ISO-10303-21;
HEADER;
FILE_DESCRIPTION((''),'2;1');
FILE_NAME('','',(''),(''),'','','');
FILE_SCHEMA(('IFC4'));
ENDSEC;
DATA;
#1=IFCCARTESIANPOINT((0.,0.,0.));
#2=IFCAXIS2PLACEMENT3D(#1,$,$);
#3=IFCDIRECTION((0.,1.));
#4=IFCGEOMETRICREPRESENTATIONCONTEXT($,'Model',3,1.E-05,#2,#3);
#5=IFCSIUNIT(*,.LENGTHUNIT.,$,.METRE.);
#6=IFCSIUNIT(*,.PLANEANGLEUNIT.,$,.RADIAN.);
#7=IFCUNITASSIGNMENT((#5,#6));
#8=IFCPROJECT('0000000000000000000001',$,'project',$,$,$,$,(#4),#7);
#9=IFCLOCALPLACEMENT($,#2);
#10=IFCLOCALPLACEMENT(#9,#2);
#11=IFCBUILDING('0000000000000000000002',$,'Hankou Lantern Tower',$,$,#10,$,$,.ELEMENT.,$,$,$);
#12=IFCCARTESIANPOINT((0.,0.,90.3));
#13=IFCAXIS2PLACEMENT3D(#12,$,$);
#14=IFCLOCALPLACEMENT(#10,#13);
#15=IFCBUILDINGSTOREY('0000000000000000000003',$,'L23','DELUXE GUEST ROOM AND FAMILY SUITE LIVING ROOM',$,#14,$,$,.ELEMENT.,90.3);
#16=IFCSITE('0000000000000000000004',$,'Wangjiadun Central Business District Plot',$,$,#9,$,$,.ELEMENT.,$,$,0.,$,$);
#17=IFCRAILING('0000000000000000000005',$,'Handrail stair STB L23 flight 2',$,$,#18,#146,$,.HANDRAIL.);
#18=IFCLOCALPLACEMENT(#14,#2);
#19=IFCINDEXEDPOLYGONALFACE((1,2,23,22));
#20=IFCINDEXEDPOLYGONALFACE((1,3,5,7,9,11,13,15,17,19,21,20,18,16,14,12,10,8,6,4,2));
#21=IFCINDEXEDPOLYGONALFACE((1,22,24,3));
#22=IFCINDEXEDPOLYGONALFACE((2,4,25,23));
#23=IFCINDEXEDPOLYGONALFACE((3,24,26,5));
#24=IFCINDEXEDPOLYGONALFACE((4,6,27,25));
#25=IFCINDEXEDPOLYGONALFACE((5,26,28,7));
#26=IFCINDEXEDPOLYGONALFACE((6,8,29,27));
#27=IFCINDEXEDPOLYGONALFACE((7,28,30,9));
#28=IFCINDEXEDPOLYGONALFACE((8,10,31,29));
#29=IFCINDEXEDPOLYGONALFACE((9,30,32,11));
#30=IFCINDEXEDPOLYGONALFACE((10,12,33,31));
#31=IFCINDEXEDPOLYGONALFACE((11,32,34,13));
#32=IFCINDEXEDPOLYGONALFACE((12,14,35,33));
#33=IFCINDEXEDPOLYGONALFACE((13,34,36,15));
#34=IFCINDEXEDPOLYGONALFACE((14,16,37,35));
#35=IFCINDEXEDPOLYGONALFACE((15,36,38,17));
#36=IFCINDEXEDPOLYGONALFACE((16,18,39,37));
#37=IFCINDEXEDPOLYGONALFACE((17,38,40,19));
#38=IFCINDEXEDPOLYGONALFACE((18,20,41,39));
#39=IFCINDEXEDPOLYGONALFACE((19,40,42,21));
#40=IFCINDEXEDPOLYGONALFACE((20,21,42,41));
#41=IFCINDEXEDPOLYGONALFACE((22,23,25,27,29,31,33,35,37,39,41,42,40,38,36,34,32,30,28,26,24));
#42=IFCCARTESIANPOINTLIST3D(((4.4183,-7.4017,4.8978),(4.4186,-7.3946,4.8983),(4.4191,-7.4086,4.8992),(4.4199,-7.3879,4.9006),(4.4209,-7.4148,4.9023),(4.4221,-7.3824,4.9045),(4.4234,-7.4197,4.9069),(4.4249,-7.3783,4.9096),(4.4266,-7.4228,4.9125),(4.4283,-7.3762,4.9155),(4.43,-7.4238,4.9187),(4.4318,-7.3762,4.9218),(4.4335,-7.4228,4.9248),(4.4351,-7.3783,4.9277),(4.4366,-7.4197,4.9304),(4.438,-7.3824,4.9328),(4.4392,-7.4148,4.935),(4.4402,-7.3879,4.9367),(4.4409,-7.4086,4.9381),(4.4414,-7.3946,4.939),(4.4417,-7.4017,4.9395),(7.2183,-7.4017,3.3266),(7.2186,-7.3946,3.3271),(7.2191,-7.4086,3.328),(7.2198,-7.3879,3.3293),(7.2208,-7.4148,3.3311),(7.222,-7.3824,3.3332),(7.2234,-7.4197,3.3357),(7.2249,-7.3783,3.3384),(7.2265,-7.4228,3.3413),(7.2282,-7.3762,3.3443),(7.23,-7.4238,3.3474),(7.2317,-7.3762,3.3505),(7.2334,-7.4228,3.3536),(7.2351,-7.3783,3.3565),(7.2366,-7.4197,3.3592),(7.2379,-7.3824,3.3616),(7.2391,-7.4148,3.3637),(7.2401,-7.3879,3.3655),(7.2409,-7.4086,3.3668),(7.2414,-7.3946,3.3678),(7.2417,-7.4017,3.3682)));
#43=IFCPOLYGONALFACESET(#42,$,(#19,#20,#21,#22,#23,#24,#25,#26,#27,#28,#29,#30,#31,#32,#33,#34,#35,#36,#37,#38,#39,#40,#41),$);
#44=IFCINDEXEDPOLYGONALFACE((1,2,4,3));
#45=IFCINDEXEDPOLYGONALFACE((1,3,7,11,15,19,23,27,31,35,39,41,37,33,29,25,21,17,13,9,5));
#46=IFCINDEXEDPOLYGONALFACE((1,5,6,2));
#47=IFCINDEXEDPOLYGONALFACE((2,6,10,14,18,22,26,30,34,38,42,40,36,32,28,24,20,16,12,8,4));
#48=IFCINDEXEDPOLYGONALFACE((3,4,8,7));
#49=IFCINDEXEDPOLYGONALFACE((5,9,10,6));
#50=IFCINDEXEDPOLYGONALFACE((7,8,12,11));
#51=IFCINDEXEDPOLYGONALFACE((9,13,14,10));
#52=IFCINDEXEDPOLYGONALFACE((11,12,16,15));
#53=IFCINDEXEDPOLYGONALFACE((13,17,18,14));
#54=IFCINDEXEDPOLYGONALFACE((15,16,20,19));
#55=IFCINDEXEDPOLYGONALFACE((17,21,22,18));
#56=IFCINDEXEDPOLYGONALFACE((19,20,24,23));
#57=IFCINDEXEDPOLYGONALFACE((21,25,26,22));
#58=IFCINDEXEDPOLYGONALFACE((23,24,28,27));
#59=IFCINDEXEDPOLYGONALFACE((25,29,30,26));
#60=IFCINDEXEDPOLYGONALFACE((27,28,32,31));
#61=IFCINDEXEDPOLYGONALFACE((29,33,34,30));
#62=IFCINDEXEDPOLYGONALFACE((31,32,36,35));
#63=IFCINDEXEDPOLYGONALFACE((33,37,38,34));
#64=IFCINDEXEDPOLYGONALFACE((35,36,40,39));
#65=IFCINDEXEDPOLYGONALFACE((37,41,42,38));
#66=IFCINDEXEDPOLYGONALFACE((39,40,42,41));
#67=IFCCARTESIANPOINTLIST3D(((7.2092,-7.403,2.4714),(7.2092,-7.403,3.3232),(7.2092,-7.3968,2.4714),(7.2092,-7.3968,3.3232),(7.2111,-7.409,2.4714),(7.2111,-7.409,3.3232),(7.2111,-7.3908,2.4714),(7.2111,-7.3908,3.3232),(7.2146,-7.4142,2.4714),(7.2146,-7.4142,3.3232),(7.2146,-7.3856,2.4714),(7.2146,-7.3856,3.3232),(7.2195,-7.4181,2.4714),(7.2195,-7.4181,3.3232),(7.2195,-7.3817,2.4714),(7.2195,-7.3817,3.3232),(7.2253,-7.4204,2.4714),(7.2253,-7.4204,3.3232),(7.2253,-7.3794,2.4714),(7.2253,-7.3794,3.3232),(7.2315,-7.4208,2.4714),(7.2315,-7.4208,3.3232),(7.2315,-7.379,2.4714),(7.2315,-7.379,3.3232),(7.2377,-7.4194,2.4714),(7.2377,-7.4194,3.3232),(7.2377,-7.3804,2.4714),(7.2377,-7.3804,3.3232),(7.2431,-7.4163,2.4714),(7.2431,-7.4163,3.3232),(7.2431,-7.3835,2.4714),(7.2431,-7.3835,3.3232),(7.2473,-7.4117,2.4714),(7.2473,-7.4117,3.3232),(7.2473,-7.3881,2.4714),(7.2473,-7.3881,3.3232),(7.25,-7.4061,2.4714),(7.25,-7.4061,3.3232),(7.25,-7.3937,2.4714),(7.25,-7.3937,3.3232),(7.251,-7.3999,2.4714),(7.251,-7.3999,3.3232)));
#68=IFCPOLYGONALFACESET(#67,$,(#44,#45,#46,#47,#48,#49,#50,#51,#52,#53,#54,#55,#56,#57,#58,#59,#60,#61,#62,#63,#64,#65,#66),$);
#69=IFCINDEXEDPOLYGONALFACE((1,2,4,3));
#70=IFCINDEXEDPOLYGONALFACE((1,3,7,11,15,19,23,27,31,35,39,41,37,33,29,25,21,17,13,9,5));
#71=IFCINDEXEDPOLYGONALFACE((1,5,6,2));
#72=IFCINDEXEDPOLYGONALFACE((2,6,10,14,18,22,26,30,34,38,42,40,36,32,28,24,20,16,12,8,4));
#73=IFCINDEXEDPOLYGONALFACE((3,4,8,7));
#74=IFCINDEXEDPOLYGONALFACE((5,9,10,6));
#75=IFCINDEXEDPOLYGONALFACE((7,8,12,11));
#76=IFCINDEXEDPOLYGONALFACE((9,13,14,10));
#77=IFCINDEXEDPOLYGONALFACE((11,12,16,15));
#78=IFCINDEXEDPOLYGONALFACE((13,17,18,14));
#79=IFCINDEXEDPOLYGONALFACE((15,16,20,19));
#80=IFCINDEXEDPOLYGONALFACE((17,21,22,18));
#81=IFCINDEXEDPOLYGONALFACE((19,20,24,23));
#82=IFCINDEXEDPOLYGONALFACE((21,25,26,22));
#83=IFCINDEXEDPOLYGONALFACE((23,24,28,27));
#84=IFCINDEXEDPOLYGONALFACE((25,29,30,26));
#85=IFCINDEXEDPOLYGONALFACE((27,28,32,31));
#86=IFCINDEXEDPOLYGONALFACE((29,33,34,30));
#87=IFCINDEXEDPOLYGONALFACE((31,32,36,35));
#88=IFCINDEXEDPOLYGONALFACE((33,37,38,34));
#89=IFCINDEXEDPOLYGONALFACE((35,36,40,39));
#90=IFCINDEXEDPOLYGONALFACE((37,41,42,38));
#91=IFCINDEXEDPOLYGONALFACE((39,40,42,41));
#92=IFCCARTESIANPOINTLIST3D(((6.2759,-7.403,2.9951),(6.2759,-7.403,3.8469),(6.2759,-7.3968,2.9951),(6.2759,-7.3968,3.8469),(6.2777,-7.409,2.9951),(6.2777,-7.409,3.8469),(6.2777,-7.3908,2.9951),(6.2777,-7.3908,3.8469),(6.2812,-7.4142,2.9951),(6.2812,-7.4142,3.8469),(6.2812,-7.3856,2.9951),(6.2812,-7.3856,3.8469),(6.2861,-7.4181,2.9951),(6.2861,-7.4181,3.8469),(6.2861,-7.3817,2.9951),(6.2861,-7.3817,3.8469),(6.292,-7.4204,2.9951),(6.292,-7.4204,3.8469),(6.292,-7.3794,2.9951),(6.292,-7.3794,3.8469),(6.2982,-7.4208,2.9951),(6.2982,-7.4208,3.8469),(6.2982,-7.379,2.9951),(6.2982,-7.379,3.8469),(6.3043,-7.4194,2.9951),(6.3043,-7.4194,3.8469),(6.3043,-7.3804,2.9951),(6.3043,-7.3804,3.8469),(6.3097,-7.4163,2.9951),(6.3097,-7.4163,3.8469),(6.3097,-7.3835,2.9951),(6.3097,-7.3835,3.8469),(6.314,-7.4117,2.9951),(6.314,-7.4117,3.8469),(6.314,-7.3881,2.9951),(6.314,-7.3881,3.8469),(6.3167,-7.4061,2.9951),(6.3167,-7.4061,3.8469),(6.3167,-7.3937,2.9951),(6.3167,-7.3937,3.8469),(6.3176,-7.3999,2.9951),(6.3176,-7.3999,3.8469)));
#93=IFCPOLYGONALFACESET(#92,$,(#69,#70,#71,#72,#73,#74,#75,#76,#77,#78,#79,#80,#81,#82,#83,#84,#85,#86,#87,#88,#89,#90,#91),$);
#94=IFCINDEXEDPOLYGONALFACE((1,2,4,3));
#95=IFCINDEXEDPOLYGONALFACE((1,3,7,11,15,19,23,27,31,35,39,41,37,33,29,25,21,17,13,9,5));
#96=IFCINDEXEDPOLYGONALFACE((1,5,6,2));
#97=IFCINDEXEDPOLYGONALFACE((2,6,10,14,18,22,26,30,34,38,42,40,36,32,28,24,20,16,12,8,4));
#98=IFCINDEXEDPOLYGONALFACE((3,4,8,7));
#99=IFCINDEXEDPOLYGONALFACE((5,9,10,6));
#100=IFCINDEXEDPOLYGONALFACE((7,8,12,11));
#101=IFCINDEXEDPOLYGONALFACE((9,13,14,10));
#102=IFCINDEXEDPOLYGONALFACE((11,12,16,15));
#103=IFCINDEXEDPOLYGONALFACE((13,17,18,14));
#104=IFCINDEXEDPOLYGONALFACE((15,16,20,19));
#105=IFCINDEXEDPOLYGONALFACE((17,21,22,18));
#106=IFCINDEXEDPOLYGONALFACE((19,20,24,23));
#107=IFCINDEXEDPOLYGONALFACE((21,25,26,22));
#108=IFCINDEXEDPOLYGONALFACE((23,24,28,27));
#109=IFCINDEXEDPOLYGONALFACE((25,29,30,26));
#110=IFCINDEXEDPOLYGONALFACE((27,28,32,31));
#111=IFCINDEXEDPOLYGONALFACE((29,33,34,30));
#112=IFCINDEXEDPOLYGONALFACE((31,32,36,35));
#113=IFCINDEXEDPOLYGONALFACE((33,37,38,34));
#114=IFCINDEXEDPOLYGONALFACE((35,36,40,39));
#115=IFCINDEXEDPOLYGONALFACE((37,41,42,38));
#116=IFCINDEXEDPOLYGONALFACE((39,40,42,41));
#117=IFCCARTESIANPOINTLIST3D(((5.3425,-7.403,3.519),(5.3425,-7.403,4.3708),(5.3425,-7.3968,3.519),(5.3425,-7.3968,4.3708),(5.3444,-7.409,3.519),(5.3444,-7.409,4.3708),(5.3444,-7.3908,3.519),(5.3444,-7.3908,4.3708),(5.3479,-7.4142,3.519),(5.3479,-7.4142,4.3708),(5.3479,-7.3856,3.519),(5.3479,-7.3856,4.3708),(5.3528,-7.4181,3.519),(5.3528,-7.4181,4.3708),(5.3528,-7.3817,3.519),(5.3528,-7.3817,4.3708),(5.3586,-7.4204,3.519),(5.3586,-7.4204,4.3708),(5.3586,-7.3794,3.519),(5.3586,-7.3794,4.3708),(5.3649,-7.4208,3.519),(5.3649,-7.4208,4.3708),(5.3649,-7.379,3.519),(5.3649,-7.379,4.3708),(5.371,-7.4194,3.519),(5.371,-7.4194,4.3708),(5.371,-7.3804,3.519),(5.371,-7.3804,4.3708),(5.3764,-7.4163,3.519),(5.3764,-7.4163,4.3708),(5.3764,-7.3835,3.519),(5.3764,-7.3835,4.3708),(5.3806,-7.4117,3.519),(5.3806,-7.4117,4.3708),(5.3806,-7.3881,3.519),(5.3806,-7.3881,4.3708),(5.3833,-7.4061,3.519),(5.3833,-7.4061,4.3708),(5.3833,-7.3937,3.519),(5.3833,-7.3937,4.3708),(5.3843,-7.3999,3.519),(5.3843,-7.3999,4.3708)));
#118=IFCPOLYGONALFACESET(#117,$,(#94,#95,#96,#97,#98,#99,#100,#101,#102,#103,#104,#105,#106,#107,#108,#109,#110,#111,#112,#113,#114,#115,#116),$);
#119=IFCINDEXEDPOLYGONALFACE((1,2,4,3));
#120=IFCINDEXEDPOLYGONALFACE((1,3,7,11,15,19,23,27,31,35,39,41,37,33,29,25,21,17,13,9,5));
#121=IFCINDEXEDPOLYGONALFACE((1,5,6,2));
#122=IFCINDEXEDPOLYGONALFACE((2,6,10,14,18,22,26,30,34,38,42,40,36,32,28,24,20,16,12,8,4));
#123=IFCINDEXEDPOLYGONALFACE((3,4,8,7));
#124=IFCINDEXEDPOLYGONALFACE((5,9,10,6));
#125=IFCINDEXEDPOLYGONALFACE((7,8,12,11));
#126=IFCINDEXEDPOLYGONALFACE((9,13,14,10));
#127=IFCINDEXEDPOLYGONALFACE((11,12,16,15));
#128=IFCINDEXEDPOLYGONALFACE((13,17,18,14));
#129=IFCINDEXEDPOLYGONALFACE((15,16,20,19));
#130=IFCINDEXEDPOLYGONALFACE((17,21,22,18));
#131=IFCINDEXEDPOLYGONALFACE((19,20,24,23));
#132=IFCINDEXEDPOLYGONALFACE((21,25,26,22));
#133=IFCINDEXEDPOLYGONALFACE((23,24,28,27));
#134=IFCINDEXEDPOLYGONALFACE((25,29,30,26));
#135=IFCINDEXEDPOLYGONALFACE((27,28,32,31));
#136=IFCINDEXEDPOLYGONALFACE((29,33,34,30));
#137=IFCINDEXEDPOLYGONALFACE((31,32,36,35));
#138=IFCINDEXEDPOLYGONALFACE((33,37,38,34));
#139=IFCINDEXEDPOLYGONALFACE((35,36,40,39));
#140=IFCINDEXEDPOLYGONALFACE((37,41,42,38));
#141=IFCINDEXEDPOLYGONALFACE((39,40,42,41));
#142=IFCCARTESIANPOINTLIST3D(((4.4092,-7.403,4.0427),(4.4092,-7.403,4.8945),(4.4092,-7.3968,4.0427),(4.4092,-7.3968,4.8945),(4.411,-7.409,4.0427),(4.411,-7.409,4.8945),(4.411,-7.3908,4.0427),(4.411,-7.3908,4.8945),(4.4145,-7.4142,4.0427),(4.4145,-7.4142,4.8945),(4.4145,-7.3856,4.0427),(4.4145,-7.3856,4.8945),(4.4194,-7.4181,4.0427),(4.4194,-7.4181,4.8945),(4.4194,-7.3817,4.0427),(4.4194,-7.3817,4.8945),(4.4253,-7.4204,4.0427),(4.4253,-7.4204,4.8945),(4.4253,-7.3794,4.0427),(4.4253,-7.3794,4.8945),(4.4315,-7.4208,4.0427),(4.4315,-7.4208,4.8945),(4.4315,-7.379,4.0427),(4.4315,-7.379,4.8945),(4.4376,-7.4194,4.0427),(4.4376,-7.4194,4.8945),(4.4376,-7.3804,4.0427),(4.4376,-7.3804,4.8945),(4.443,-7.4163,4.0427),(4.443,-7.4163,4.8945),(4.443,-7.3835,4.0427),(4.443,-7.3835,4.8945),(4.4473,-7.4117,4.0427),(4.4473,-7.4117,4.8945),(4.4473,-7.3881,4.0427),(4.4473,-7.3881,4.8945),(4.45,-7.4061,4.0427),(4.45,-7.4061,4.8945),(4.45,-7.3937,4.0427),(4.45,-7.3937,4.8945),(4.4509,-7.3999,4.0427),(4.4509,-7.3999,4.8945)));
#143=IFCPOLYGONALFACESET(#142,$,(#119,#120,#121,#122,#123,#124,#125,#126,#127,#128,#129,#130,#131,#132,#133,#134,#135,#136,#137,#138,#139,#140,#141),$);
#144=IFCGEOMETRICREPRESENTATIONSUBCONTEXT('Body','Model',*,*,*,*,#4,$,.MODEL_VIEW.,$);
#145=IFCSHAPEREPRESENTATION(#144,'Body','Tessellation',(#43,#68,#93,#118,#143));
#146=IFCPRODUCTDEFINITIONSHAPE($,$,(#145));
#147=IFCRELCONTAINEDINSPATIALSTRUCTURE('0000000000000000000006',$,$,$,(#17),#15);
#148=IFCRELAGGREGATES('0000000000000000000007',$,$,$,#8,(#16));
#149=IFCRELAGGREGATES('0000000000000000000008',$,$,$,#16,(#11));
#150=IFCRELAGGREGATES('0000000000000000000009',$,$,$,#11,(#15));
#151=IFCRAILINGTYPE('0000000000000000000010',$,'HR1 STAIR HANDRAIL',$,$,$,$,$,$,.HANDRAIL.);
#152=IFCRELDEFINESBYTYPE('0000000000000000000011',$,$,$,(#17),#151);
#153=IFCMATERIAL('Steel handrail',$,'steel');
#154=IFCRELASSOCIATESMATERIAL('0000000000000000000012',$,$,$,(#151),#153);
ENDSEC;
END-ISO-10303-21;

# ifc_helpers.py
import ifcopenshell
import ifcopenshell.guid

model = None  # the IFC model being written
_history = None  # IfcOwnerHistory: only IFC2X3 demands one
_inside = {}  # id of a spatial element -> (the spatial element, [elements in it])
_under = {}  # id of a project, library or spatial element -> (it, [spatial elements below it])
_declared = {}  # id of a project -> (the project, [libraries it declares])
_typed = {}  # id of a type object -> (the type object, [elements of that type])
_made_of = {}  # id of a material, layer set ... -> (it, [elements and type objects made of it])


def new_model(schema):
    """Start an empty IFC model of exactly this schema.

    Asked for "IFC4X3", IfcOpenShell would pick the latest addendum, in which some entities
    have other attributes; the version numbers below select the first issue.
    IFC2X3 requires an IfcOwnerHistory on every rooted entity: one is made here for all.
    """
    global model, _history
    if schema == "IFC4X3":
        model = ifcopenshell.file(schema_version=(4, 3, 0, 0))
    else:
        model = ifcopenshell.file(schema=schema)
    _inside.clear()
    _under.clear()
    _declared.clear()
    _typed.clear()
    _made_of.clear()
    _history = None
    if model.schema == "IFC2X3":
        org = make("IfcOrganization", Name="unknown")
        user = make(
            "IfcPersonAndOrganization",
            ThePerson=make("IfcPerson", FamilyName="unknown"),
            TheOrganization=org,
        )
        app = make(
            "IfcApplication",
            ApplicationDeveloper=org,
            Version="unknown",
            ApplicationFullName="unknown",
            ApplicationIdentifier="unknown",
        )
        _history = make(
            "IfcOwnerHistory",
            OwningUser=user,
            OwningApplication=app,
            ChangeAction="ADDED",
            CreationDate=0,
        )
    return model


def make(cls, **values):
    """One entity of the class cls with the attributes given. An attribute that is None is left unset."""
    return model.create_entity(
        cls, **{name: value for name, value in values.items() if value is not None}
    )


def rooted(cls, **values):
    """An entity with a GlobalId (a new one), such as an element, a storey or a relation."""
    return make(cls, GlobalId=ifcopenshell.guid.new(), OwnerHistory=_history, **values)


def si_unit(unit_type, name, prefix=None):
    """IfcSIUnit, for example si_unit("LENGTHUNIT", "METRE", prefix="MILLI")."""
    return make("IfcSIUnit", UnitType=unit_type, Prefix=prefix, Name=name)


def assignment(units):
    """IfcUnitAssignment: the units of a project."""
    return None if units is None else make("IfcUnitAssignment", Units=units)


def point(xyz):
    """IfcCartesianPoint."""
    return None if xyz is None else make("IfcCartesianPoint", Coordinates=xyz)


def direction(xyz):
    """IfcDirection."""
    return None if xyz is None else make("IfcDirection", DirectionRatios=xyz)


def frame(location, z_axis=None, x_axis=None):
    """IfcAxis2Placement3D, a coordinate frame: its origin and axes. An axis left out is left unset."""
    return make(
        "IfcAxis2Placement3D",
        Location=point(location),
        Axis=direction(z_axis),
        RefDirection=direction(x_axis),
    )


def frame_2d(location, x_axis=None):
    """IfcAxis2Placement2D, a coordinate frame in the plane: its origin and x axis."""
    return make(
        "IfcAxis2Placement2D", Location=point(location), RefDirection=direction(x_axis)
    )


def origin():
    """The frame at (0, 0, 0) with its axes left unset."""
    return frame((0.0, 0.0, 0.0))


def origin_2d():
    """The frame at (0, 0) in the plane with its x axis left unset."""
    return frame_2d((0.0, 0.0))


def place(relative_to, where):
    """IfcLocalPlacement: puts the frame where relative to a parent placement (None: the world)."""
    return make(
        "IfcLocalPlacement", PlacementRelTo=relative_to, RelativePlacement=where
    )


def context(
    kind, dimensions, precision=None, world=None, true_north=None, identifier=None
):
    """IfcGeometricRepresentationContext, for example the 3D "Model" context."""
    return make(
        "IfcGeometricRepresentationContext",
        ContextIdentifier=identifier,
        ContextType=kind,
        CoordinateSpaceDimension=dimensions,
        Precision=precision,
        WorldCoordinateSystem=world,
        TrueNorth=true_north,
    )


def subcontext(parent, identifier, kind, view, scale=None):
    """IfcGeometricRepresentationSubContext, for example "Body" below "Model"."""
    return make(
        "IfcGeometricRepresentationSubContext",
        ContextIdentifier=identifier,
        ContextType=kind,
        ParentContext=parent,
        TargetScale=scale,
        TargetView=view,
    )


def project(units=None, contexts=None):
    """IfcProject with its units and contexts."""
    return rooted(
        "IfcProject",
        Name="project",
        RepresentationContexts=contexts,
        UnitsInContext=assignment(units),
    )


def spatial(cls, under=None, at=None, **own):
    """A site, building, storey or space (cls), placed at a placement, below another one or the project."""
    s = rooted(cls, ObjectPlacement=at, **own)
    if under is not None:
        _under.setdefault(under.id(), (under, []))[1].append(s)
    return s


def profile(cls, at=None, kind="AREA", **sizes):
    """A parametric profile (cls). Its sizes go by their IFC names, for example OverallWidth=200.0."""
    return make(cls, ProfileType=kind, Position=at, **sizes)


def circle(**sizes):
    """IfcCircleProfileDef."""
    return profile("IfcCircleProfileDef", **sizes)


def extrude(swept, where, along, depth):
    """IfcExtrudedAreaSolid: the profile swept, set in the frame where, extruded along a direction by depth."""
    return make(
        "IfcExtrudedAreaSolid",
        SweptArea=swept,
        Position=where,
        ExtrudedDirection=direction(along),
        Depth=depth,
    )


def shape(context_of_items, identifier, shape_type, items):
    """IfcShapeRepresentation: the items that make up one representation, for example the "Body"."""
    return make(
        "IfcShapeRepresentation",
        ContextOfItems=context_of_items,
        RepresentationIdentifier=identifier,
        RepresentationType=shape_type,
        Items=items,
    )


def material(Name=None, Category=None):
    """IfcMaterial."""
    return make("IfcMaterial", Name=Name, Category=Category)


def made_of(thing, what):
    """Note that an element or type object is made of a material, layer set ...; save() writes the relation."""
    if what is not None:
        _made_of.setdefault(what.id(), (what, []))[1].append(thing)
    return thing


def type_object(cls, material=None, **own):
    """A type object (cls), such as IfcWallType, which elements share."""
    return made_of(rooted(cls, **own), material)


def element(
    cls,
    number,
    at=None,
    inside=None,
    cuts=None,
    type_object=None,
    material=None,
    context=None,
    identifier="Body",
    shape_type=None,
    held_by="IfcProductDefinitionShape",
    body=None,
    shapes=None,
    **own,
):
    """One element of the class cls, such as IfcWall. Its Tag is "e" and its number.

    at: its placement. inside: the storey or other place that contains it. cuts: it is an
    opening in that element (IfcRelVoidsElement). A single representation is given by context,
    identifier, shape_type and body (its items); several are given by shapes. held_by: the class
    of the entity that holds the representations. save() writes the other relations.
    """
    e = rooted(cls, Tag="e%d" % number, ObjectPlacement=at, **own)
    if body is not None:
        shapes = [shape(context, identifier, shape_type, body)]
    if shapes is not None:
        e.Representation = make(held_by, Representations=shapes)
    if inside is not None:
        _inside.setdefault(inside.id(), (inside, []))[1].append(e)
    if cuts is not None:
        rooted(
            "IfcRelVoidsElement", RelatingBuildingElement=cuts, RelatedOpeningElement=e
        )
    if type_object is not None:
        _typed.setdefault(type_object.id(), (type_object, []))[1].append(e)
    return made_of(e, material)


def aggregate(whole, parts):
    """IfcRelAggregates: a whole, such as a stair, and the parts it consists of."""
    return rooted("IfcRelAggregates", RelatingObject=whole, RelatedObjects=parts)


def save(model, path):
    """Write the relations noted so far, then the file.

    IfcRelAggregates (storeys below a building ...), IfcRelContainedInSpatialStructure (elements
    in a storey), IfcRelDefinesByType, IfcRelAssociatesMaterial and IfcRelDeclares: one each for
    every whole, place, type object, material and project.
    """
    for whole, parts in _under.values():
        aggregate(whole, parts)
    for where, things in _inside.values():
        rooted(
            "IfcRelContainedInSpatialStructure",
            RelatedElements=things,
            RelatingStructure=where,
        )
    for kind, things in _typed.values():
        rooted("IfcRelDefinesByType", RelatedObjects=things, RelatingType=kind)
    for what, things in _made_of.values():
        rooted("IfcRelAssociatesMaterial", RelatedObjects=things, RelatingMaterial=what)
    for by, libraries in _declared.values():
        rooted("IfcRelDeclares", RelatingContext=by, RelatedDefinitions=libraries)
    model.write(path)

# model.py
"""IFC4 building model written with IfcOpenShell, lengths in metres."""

from ifc_helpers import new_model, si_unit, direction, frame, origin, origin_2d, place, context, subcontext, project, spatial, circle, extrude, material, type_object, element, save


model = new_model("IFC4")

# Units and contexts
model_context = context("Model", 3, precision=1e-05, world=origin(), true_north=direction((0.0, 1.0)))
body_context = subcontext(model_context, "Body", "Model", "MODEL_VIEW")
ifc_project = project(units=[si_unit("LENGTHUNIT", "METRE"), si_unit("PLANEANGLEUNIT", "RADIAN")], contexts=[model_context])

# Site, building, storey
site_placement = place(None, origin())
site = spatial("IfcSite", under=ifc_project, at=site_placement, Name="Wangjiadun Central Business District Plot", CompositionType="ELEMENT", RefElevation=0.0)
building_placement = place(site_placement, origin())
building = spatial("IfcBuilding", under=site, at=building_placement, Name="Hankou Lantern Tower", CompositionType="ELEMENT")
storey_placement = place(building_placement, frame((0.0, 0.0, 90.3)))
storey = spatial("IfcBuildingStorey", under=building, at=storey_placement, Name="L23", Description="DELUXE GUEST ROOM AND FAMILY SUITE LIVING ROOM", CompositionType="ELEMENT", Elevation=90.3)

# Railing
ifc_material_1 = material(Name="Steel handrail", Category="steel")
railing_type = type_object("IfcRailingType", Name="HR1 STAIR HANDRAIL", PredefinedType="HANDRAIL", material=ifc_material_1)
railing_1_placement = place(storey_placement, frame((7.23, -7.3999, 2.4714)))
element("IfcRailing", 1, at=railing_1_placement, inside=storey, type_object=railing_type, Name="Handrail stair STB L23 flight 2", PredefinedType="HANDRAIL", context=body_context, shape_type="SweptSolid", body=[
    extrude(circle(Radius=0.0239, at=origin_2d()), frame((0.0, 0.0, 0.876), z_axis=(-0.872073, 0.0, 0.489377), x_axis=(0.0, -1.0, 0.0)), (0.0, 0.0, 1.0), 3.2107),
    extrude(circle(Radius=0.021, at=origin_2d()), origin(), (0.0, 0.0, 1.0), 0.8518),
    extrude(circle(Radius=0.021, at=origin_2d()), frame((-0.9333, 0.0, 0.5237)), (0.0, 0.0, 1.0), 0.8518),
    extrude(circle(Radius=0.021, at=origin_2d()), frame((-1.8667, 0.0, 1.0476)), (0.0, 0.0, 1.0), 0.8518),
    extrude(circle(Radius=0.021, at=origin_2d()), frame((-2.8, 0.0, 1.5713)), (0.0, 0.0, 1.0), 0.8518),
])

save(model, "model.ifc")
